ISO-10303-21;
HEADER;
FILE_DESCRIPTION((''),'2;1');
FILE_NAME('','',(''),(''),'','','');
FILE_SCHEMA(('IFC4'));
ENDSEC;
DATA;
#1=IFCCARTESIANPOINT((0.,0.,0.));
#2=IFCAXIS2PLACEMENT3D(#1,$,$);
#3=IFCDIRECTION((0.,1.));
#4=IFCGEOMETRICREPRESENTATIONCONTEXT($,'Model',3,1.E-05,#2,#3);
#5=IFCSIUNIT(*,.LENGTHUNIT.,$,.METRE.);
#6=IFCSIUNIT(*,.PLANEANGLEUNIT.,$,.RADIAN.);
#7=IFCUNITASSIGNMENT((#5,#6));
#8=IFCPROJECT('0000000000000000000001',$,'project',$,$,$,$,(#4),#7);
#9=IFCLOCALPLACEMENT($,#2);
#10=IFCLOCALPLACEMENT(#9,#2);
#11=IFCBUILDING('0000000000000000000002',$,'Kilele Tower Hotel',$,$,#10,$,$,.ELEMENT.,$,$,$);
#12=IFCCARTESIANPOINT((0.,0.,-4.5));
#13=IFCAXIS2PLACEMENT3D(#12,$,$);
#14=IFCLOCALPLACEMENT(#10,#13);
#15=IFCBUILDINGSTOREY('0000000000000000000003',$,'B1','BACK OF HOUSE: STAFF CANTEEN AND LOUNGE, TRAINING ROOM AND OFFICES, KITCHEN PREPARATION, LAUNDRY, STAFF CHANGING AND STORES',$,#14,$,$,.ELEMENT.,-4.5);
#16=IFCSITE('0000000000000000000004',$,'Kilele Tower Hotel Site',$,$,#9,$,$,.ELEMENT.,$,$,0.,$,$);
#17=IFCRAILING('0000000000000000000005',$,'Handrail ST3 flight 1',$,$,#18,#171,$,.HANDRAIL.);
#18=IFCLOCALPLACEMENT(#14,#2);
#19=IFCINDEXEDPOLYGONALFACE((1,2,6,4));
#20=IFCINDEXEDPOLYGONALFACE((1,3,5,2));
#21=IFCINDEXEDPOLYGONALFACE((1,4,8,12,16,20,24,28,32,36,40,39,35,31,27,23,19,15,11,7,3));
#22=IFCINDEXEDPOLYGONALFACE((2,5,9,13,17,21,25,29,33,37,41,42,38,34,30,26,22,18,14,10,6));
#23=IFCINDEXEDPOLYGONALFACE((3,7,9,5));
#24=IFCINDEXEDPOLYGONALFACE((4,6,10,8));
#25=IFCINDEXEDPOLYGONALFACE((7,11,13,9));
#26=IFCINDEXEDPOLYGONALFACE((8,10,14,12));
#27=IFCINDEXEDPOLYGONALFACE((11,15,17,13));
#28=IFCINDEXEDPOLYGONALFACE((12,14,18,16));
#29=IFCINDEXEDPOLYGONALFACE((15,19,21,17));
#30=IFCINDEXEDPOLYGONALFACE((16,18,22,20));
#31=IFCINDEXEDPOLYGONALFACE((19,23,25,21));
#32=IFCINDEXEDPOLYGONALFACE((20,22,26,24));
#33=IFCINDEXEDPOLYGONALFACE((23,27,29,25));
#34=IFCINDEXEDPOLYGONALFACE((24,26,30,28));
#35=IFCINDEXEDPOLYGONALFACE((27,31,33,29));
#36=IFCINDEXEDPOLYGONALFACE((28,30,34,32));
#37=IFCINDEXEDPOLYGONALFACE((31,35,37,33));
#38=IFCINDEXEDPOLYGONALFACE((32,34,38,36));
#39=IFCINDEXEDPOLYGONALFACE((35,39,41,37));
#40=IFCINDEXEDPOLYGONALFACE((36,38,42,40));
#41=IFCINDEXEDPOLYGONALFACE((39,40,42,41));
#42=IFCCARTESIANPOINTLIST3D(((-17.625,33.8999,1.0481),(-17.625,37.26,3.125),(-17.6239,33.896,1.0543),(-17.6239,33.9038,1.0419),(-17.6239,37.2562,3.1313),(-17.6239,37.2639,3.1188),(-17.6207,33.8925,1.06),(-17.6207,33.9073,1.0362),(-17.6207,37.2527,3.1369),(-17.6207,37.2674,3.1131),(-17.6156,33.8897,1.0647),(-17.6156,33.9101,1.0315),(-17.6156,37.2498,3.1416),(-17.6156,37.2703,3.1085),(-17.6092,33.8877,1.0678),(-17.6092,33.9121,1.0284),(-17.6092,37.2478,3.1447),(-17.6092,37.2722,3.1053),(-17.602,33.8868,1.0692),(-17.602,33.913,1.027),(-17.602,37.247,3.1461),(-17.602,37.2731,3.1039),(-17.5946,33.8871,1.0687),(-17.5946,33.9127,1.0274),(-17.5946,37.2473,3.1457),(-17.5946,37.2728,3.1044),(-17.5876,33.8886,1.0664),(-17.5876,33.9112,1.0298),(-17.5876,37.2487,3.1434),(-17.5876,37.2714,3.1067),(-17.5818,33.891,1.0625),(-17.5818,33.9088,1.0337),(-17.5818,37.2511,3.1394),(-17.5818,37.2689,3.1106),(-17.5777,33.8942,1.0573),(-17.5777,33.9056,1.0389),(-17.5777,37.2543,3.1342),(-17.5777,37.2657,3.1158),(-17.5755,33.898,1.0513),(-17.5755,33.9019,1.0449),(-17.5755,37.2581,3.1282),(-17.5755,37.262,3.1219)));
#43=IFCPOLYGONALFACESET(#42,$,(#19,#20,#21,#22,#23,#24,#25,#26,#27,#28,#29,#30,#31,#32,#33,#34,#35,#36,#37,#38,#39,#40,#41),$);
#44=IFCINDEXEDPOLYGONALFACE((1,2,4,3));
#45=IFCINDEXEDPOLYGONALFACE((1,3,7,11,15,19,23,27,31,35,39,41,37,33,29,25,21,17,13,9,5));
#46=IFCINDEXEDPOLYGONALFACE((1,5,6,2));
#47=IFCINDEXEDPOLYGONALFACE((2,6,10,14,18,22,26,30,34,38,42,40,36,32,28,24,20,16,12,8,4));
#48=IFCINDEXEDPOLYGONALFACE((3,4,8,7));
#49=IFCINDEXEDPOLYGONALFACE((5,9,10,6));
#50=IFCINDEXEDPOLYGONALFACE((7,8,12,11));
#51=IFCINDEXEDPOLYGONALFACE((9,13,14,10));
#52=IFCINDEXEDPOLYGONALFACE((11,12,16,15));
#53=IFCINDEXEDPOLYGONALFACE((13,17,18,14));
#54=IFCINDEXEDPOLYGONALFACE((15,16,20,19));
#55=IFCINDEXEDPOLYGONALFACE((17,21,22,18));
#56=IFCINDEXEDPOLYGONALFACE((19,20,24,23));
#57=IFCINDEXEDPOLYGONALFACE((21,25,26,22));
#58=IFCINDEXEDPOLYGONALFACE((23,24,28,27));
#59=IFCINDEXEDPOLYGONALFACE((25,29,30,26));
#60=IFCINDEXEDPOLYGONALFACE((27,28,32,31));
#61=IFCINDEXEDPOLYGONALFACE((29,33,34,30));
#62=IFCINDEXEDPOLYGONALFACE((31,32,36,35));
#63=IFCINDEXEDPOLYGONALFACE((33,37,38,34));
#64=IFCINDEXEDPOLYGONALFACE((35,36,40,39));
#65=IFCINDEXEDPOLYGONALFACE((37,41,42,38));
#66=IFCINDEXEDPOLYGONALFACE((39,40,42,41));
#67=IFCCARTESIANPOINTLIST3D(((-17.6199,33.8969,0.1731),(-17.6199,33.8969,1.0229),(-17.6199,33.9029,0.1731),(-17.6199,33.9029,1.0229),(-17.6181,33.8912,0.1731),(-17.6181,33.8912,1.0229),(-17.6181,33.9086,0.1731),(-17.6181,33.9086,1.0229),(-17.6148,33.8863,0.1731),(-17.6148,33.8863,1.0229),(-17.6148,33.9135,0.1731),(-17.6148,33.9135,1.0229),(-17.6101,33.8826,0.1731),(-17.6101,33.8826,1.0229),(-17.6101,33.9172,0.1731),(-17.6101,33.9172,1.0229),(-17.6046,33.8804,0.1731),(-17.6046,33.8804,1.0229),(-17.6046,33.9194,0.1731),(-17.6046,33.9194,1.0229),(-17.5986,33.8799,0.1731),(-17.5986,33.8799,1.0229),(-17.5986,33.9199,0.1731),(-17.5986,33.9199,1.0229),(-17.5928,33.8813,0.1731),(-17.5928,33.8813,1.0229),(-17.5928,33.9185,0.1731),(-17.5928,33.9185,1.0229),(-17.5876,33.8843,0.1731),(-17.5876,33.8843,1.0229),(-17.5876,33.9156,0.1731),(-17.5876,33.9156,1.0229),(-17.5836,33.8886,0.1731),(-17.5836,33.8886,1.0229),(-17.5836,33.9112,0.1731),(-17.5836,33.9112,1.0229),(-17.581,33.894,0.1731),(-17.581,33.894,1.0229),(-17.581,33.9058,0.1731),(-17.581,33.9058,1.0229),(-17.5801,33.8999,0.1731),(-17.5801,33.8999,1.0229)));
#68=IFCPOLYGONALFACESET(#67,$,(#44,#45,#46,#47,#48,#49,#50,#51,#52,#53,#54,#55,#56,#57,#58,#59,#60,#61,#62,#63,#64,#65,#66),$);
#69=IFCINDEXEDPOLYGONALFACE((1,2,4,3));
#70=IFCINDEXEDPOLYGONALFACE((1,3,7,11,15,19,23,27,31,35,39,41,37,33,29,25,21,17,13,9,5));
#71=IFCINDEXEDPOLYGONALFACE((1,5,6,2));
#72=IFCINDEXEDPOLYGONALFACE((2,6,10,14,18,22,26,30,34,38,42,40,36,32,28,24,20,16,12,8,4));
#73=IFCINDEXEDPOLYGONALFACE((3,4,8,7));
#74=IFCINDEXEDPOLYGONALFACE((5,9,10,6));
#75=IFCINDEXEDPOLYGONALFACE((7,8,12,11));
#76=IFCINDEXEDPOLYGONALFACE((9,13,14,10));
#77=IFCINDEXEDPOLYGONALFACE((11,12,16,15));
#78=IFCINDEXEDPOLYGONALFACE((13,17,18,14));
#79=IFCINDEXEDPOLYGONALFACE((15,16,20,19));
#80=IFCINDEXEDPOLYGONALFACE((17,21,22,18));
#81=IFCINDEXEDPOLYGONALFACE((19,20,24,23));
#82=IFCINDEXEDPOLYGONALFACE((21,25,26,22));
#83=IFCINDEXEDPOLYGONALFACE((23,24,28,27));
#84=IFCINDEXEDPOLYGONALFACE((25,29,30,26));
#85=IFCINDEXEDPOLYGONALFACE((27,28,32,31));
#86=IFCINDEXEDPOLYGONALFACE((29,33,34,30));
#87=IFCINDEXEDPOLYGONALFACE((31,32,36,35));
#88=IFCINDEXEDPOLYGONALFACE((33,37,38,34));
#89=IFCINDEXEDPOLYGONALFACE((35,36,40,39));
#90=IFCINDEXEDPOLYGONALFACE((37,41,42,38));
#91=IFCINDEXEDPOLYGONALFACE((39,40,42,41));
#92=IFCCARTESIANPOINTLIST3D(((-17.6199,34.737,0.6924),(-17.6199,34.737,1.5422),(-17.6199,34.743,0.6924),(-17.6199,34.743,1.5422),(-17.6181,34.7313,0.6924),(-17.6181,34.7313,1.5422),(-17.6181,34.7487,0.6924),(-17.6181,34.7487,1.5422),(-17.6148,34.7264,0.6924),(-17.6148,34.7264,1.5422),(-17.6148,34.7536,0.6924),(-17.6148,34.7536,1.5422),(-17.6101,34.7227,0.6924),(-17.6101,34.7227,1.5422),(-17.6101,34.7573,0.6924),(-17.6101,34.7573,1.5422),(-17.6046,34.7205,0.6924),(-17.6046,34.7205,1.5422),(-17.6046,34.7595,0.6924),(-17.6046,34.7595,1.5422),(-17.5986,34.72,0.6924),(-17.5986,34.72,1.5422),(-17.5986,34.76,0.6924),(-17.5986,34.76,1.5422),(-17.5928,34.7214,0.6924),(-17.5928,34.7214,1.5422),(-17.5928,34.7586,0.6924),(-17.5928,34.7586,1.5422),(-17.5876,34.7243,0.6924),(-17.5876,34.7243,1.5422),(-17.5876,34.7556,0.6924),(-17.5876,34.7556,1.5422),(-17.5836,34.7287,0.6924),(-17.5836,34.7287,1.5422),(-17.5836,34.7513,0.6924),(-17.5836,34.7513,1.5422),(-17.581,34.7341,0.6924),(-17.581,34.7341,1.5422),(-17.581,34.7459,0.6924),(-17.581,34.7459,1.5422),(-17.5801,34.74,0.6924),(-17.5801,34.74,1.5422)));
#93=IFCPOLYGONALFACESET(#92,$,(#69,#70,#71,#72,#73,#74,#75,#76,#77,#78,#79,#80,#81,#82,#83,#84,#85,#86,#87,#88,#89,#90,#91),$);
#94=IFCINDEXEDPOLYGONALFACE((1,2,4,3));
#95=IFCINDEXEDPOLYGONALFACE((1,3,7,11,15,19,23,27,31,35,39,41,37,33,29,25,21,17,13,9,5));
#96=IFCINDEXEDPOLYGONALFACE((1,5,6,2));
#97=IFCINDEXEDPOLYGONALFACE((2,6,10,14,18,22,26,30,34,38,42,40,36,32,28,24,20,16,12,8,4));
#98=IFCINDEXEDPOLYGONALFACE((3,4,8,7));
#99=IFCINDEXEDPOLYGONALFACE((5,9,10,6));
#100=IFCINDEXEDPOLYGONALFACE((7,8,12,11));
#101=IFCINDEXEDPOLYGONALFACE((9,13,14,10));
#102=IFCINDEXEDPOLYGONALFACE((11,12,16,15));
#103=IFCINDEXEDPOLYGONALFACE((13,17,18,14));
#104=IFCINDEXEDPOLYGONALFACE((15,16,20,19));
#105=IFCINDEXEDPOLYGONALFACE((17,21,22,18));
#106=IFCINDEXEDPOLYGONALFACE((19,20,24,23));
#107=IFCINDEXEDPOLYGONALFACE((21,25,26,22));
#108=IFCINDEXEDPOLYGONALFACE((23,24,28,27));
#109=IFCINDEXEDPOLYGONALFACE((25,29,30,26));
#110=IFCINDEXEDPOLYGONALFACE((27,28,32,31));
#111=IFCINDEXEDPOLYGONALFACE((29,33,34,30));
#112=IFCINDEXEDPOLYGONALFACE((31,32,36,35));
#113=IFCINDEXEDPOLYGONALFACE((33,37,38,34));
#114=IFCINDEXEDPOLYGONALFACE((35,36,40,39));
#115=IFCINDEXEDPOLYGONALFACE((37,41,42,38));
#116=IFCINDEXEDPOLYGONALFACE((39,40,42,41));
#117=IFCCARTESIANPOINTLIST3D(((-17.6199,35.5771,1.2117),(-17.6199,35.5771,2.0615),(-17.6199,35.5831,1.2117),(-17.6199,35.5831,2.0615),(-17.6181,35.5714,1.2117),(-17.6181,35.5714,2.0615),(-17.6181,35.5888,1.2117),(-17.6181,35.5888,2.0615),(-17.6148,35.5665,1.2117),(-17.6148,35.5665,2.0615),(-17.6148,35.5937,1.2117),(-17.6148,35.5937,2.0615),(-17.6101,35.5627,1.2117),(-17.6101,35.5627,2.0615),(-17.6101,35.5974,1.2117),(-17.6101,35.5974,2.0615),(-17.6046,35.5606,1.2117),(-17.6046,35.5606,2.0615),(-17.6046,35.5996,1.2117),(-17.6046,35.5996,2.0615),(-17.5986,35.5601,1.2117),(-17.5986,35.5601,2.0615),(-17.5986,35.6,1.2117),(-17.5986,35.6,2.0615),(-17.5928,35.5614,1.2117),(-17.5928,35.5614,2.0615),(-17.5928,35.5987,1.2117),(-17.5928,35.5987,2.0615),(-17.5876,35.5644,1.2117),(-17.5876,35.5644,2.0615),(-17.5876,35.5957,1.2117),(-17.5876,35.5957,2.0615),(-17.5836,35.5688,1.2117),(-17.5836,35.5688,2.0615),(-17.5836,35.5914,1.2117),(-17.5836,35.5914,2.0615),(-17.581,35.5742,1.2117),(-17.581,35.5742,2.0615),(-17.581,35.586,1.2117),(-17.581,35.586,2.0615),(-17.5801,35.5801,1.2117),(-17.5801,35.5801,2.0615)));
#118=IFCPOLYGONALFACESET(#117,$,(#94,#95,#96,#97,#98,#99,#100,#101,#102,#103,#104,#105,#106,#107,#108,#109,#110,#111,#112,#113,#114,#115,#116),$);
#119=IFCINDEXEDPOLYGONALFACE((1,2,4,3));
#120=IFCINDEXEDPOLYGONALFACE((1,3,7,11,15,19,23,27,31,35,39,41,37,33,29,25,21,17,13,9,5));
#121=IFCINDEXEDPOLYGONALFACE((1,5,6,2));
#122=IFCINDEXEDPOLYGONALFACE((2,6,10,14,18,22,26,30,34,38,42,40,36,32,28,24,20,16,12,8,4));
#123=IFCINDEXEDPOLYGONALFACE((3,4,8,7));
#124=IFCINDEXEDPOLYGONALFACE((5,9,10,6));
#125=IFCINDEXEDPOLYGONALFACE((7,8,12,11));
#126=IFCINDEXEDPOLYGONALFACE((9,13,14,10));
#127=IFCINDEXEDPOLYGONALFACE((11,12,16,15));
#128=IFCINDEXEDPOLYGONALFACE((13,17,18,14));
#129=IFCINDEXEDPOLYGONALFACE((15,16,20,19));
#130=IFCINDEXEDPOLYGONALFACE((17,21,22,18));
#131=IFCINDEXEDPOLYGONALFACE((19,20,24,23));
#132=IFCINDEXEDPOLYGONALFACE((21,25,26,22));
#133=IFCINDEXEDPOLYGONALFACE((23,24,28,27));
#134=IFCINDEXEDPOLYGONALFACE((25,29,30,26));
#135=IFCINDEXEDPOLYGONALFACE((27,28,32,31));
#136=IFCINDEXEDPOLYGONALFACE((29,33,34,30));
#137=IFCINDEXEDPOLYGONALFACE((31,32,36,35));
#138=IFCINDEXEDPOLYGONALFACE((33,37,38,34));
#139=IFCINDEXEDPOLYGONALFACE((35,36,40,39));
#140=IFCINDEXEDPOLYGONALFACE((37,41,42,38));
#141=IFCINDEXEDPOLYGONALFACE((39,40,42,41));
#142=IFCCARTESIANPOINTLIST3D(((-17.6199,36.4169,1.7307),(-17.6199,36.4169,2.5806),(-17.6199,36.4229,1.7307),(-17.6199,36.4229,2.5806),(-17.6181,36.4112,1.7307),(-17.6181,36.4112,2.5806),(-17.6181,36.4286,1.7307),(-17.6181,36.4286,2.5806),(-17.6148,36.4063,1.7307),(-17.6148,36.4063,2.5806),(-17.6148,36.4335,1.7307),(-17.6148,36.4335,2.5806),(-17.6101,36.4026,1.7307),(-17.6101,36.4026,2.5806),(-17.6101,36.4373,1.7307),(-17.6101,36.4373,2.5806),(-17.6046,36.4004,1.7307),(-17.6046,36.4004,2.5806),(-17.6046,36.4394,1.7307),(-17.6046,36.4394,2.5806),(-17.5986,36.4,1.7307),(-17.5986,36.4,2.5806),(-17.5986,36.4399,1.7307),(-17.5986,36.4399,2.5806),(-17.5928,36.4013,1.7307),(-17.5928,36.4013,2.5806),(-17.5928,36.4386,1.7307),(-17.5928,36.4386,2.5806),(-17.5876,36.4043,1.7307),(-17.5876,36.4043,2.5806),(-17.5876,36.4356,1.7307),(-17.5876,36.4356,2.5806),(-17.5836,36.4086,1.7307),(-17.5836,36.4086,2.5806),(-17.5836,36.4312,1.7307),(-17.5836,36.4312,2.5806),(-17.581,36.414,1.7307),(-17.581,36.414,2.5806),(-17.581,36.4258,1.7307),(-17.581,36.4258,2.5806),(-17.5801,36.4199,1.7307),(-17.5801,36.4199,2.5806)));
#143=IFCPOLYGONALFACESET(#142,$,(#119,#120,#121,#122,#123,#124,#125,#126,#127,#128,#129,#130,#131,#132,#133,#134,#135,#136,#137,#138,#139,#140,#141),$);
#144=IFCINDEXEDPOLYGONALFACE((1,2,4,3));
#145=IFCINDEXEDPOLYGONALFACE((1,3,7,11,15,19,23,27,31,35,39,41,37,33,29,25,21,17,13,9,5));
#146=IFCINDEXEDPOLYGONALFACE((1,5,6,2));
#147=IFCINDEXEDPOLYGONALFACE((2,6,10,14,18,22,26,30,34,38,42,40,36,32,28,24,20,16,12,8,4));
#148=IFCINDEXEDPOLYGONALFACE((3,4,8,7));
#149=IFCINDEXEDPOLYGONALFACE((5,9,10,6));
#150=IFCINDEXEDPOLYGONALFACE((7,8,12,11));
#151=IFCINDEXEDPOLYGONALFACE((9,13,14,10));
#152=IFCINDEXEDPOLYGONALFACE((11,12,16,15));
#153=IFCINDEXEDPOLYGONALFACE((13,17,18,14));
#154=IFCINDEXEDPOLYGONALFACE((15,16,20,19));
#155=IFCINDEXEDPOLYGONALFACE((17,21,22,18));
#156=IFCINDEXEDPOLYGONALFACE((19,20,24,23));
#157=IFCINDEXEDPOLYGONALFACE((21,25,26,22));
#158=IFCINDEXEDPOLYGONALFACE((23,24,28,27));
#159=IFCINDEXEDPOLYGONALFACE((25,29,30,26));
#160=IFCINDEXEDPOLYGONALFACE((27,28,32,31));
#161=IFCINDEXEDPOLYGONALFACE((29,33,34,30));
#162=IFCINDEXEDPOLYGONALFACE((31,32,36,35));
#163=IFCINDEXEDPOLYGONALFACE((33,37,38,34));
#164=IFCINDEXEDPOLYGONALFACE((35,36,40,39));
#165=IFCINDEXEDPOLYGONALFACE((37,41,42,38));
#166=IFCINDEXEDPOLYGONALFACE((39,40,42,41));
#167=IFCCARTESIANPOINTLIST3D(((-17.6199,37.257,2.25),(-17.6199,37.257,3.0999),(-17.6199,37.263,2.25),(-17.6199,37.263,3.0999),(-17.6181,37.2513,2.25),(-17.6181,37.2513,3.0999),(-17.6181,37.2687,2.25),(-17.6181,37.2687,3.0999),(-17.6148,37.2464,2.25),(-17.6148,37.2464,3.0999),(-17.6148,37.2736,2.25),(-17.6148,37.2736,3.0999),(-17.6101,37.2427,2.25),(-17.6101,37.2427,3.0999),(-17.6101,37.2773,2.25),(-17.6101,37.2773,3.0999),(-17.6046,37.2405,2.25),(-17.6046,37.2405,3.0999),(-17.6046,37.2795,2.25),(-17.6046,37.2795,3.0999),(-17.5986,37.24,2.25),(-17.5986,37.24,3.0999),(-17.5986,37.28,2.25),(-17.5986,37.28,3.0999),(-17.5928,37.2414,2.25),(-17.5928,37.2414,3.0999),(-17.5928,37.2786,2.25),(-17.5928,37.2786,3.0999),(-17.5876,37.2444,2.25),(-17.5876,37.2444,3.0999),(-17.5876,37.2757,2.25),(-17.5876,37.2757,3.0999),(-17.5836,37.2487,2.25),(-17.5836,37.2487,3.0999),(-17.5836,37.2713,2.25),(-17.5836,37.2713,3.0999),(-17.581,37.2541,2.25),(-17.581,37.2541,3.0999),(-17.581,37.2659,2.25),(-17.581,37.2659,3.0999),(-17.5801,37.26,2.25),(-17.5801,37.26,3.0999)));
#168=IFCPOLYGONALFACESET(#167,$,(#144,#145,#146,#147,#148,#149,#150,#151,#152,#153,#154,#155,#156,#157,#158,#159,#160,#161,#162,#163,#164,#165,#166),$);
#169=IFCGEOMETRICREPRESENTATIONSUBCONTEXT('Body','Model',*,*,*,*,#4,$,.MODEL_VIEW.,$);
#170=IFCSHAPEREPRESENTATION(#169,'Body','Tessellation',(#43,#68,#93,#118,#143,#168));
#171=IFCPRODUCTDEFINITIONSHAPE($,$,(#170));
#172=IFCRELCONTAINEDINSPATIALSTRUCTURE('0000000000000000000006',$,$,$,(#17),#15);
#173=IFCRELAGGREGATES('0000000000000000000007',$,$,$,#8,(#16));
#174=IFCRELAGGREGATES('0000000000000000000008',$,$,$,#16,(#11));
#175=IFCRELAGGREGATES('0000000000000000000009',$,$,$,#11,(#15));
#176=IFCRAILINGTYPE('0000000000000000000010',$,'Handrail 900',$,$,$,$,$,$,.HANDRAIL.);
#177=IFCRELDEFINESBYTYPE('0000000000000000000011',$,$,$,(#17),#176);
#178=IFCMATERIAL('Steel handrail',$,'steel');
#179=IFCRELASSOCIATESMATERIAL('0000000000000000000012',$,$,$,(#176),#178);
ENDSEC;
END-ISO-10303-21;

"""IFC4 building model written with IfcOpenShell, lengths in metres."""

from ifc_helpers import new_model, si_unit, direction, frame, origin, origin_2d, place, context, subcontext, project, spatial, circle, extrude, material, type_object, element, save


model = new_model("IFC4")

# Units and contexts
model_context = context("Model", 3, precision=1e-05, world=origin(), true_north=direction((0.0, 1.0)))
body_context = subcontext(model_context, "Body", "Model", "MODEL_VIEW")
ifc_project = project(units=[si_unit("LENGTHUNIT", "METRE"), si_unit("PLANEANGLEUNIT", "RADIAN")], contexts=[model_context])

# Site, building, storey
site_placement = place(None, origin())
site = spatial("IfcSite", under=ifc_project, at=site_placement, Name="Kilele Tower Hotel Site", CompositionType="ELEMENT", RefElevation=0.0)
building_placement = place(site_placement, origin())
building = spatial("IfcBuilding", under=site, at=building_placement, Name="Kilele Tower Hotel", CompositionType="ELEMENT")
storey_placement = place(building_placement, frame((0.0, 0.0, -4.5)))
storey = spatial("IfcBuildingStorey", under=building, at=storey_placement, Name="B1", Description="BACK OF HOUSE: STAFF CANTEEN AND LOUNGE, TRAINING ROOM AND OFFICES, KITCHEN PREPARATION, LAUNDRY, STAFF CHANGING AND STORES", CompositionType="ELEMENT", Elevation=-4.5)

# Railing
ifc_material_1 = material(Name="Steel handrail", Category="steel")
railing_type_1 = type_object("IfcRailingType", Name="Handrail 900", PredefinedType="HANDRAIL", material=ifc_material_1)
for number, where, name in (
    (1, (-17.6001, 33.8999, 0.1731), "Handrail ST3 flight 1"),
):
    element("IfcRailing", number, at=place(storey_placement, frame(where)), inside=storey, type_object=railing_type_1, Name=name, PredefinedType="HANDRAIL", context=body_context, shape_type="SweptSolid", body=[
        extrude(circle(Radius=0.0249, at=origin_2d()), frame((0.0, 0.0, 0.875), z_axis=(0.0, 0.850623, 0.525776), x_axis=(-1.0, 0.0, 0.0)), (0.0, 0.0, 1.0), 3.9502),
        extrude(circle(Radius=0.02, at=origin_2d()), origin(), (0.0, 0.0, 1.0), 0.8499),
        extrude(circle(Radius=0.02, at=origin_2d()), frame((0.0, 0.8401, 0.5193)), (0.0, 0.0, 1.0), 0.8499),
        extrude(circle(Radius=0.02, at=origin_2d()), frame((0.0, 1.6802, 1.0386)), (0.0, 0.0, 1.0), 0.8499),
        extrude(circle(Radius=0.02, at=origin_2d()), frame((0.0, 2.52, 1.5576)), (0.0, 0.0, 1.0), 0.8499),
        extrude(circle(Radius=0.02, at=origin_2d()), frame((0.0, 3.3601, 2.0769)), (0.0, 0.0, 1.0), 0.8499),
    ])

save(model, "model.ifc")
